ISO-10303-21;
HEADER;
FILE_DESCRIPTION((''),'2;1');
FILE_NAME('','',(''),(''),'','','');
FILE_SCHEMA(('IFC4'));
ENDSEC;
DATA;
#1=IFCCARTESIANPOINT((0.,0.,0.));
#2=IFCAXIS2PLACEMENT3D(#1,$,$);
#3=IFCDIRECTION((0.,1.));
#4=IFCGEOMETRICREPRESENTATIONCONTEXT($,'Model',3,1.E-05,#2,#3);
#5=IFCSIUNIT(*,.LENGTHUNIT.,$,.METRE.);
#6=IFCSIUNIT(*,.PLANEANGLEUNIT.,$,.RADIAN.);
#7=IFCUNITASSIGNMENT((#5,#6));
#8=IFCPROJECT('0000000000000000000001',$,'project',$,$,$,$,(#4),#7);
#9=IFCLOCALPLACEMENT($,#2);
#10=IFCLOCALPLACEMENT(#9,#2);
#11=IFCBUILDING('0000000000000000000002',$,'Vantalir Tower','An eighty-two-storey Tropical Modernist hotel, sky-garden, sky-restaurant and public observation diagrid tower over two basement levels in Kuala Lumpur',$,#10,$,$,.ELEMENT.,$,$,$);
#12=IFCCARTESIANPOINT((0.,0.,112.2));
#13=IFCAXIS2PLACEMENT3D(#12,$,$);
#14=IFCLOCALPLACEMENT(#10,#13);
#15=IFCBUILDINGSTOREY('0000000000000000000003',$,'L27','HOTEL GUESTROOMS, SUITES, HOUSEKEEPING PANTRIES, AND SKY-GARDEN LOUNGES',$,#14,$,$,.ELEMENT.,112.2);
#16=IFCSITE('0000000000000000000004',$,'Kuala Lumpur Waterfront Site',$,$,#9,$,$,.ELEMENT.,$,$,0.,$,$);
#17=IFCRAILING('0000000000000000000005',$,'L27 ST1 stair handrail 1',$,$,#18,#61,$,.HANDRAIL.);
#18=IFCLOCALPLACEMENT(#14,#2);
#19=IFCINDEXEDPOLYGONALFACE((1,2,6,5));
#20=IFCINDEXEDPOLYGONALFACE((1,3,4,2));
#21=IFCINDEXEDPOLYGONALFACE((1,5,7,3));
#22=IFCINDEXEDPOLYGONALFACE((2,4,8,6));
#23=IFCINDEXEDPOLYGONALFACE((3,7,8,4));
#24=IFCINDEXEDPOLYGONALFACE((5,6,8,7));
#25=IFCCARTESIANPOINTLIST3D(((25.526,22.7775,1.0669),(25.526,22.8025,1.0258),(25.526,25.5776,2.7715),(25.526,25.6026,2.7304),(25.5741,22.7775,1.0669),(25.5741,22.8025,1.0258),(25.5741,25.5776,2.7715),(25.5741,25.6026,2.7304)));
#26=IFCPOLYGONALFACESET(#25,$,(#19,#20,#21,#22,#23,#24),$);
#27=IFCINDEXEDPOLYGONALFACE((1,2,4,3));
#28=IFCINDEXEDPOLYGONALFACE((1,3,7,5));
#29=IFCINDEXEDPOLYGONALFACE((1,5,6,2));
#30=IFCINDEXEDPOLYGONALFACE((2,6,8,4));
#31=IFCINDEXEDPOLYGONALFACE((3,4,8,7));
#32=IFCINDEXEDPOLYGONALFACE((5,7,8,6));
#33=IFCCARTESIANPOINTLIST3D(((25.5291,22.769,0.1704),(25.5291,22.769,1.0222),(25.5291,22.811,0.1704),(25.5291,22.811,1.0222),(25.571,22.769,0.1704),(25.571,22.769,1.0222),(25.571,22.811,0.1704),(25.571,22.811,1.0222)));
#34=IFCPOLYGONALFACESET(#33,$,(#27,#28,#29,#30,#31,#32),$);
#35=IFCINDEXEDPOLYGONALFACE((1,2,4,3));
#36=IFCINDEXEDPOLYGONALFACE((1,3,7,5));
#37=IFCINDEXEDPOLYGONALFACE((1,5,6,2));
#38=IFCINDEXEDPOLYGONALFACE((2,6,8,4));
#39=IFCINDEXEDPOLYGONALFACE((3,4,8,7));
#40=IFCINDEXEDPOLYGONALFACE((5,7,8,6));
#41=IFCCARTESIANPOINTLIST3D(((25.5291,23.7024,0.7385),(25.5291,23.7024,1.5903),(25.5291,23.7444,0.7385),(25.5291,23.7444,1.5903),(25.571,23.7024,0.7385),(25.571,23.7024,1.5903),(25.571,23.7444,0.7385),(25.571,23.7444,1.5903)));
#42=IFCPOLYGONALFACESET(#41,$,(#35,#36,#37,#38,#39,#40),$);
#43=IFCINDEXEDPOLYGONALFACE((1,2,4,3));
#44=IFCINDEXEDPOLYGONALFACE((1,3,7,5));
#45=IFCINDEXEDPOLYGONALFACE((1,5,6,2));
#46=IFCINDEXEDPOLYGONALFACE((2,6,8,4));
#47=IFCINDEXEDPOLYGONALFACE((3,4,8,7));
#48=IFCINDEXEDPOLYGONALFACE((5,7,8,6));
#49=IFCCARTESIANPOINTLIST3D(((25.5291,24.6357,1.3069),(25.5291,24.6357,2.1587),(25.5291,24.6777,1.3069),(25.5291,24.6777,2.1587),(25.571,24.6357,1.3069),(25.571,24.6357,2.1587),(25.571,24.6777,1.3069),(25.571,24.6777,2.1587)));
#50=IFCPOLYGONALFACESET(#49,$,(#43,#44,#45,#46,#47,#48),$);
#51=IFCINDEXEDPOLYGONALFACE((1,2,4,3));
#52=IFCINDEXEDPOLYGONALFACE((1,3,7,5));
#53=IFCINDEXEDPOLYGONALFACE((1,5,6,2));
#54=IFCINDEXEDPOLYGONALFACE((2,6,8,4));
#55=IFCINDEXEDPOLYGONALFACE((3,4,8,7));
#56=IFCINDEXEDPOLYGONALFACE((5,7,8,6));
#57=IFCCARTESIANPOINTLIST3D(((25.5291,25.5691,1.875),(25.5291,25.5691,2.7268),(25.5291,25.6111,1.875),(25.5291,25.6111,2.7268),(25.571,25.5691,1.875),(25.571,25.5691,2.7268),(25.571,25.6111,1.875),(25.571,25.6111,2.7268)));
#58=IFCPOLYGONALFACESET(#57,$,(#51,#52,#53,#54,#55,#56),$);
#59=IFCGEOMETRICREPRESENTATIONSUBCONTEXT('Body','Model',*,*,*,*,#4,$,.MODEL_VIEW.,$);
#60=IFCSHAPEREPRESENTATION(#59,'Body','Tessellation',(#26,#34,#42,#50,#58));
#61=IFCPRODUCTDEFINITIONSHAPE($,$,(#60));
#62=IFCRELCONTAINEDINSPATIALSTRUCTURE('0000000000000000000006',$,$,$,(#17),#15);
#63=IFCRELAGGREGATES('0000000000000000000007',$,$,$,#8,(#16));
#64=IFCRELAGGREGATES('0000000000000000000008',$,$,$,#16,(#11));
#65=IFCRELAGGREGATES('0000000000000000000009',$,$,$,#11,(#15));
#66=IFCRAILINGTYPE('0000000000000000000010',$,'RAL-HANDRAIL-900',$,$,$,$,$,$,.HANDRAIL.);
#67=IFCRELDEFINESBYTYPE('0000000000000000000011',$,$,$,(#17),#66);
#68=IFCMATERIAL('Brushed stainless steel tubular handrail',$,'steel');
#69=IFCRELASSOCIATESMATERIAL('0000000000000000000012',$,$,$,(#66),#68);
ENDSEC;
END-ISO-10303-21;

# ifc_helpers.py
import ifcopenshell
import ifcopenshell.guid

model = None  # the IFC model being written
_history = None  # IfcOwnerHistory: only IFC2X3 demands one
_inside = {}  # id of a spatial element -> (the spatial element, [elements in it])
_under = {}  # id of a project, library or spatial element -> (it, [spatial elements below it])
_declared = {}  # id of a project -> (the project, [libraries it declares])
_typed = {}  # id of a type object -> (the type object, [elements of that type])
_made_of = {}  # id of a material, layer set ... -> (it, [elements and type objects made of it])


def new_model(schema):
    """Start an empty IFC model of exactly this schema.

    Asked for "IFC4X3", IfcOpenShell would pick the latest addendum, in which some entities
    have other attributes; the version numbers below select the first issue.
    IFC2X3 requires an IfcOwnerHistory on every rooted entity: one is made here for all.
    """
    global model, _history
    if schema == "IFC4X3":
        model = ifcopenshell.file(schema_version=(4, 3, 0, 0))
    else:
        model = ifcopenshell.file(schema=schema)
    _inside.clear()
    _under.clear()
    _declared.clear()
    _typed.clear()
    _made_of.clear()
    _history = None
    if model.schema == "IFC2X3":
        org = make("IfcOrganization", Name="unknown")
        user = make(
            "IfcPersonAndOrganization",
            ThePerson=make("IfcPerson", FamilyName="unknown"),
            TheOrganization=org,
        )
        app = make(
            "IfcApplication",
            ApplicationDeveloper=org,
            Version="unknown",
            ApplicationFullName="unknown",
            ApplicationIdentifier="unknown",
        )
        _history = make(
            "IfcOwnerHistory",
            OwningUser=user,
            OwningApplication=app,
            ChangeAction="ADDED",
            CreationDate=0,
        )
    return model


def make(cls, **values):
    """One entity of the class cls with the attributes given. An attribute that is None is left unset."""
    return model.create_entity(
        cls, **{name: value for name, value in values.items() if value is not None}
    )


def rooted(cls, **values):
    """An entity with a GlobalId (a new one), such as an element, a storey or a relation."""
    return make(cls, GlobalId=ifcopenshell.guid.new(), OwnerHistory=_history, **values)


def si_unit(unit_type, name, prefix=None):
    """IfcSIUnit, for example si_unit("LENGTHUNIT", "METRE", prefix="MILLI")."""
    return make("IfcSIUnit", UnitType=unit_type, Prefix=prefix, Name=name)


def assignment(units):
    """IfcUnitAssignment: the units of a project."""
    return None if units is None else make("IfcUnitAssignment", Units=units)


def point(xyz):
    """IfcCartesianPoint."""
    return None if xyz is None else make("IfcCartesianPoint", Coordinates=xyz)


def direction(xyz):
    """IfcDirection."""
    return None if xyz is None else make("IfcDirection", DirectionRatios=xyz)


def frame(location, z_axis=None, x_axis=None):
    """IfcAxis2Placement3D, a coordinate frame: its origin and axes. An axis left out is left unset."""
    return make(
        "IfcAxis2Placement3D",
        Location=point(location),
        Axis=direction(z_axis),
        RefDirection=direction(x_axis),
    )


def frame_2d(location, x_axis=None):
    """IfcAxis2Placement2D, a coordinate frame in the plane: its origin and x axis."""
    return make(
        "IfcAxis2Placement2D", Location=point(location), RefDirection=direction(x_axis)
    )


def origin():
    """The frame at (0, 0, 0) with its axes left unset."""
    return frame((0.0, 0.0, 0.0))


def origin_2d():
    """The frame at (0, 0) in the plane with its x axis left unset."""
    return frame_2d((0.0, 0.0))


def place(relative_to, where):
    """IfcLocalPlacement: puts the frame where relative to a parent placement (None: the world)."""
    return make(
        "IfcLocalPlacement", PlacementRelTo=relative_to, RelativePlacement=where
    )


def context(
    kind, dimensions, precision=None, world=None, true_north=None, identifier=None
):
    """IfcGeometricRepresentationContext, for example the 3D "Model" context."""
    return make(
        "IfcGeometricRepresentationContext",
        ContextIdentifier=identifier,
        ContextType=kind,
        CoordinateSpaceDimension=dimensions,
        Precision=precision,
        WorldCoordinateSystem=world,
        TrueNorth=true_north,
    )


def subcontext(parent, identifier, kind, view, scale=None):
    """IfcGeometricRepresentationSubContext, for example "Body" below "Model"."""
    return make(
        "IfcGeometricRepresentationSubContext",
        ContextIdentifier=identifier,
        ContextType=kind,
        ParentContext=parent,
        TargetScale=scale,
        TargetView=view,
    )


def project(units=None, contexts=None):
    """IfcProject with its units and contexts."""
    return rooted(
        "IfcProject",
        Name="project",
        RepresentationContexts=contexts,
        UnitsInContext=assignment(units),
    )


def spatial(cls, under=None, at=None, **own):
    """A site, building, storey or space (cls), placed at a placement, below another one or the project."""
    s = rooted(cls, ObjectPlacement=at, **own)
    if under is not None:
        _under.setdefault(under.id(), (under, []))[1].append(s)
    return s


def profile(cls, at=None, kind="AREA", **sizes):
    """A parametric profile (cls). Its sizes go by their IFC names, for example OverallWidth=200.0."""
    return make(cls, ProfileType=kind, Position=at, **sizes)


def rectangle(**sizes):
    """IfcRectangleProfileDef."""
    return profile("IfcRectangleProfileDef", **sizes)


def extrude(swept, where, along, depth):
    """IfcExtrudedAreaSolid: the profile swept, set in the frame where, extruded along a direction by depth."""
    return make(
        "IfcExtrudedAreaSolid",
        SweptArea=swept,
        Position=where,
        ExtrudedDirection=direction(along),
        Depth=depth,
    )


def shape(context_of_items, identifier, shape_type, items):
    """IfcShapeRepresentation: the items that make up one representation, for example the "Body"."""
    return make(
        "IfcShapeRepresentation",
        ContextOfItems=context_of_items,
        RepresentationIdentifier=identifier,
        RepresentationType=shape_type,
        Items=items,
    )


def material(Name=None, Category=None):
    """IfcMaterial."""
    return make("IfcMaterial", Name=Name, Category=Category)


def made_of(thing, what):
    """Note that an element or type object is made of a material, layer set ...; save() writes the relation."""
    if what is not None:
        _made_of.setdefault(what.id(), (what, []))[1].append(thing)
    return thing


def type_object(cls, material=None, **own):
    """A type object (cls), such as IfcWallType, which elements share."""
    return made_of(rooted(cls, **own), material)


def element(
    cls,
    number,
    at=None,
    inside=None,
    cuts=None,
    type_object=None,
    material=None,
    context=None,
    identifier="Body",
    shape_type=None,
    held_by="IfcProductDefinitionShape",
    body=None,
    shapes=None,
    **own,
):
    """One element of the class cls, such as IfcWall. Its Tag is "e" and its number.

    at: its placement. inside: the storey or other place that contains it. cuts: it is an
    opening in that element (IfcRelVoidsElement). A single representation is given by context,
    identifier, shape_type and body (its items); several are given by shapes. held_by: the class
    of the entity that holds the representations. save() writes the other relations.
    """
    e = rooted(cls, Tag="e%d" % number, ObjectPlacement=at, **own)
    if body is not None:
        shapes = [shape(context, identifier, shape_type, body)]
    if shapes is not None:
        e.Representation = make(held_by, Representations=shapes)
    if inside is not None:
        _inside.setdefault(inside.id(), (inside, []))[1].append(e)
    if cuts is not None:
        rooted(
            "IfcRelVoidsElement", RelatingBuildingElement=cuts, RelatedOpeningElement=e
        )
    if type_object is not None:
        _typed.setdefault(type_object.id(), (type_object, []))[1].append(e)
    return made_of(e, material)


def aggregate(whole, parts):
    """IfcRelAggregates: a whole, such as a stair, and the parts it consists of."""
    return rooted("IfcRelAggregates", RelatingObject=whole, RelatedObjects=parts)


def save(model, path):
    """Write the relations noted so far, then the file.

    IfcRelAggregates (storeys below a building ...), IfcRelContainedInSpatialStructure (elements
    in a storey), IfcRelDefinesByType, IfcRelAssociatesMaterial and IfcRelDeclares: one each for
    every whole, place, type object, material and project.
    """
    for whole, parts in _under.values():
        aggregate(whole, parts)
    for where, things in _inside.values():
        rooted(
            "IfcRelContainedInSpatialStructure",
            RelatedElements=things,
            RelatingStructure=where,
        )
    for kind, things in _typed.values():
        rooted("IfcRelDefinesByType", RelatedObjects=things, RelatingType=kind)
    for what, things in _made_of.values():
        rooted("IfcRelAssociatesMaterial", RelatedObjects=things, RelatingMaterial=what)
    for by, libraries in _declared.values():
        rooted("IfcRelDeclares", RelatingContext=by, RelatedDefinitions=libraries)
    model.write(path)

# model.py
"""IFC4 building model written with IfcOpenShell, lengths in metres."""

from ifc_helpers import new_model, si_unit, direction, frame, origin, origin_2d, place, context, subcontext, project, spatial, rectangle, extrude, material, type_object, element, save


model = new_model("IFC4")

# Units and contexts
model_context = context("Model", 3, precision=1e-05, world=origin(), true_north=direction((0.0, 1.0)))
body_context = subcontext(model_context, "Body", "Model", "MODEL_VIEW")
ifc_project = project(units=[si_unit("LENGTHUNIT", "METRE"), si_unit("PLANEANGLEUNIT", "RADIAN")], contexts=[model_context])

# Site, building, storey
site_placement = place(None, origin())
site = spatial("IfcSite", under=ifc_project, at=site_placement, Name="Kuala Lumpur Waterfront Site", CompositionType="ELEMENT", RefElevation=0.0)
building_placement = place(site_placement, origin())
building = spatial("IfcBuilding", under=site, at=building_placement, Name="Vantalir Tower", Description="An eighty-two-storey Tropical Modernist hotel, sky-garden, sky-restaurant and public observation diagrid tower over two basement levels in Kuala Lumpur", CompositionType="ELEMENT")
storey_placement = place(building_placement, frame((0.0, 0.0, 112.2)))
storey = spatial("IfcBuildingStorey", under=building, at=storey_placement, Name="L27", Description="HOTEL GUESTROOMS, SUITES, HOUSEKEEPING PANTRIES, AND SKY-GARDEN LOUNGES", CompositionType="ELEMENT", Elevation=112.2)

# Railing
ifc_material_1 = material(Name="Brushed stainless steel tubular handrail", Category="steel")
railing_type_1 = type_object("IfcRailingType", Name="RAL-HANDRAIL-900", PredefinedType="HANDRAIL", material=ifc_material_1)
railing_1_placement = place(storey_placement, frame((25.55, 22.79, 0.1704)))
element("IfcRailing", 1, at=railing_1_placement, inside=storey, type_object=railing_type_1, Name="L27 ST1 stair handrail 1", PredefinedType="HANDRAIL", context=body_context, shape_type="SweptSolid", body=[
    extrude(rectangle(XDim=0.0481, YDim=0.0481, at=origin_2d()), frame((0.0, 0.0, 0.876), z_axis=(0.0, 0.85417, 0.519994), x_axis=(-1.0, 0.0, 0.0)), (0.0, 0.0, 1.0), 3.2781),
    extrude(rectangle(XDim=0.042, YDim=0.042, at=origin_2d()), origin(), (0.0, 0.0, 1.0), 0.8518),
    extrude(rectangle(XDim=0.042, YDim=0.042, at=origin_2d()), frame((0.0, 0.9333, 0.5681)), (0.0, 0.0, 1.0), 0.8518),
    extrude(rectangle(XDim=0.042, YDim=0.042, at=origin_2d()), frame((0.0, 1.8667, 1.1365)), (0.0, 0.0, 1.0), 0.8518),
    extrude(rectangle(XDim=0.042, YDim=0.042, at=origin_2d()), frame((0.0, 2.8, 1.7046)), (0.0, 0.0, 1.0), 0.8518),
])

save(model, "model.ifc")
